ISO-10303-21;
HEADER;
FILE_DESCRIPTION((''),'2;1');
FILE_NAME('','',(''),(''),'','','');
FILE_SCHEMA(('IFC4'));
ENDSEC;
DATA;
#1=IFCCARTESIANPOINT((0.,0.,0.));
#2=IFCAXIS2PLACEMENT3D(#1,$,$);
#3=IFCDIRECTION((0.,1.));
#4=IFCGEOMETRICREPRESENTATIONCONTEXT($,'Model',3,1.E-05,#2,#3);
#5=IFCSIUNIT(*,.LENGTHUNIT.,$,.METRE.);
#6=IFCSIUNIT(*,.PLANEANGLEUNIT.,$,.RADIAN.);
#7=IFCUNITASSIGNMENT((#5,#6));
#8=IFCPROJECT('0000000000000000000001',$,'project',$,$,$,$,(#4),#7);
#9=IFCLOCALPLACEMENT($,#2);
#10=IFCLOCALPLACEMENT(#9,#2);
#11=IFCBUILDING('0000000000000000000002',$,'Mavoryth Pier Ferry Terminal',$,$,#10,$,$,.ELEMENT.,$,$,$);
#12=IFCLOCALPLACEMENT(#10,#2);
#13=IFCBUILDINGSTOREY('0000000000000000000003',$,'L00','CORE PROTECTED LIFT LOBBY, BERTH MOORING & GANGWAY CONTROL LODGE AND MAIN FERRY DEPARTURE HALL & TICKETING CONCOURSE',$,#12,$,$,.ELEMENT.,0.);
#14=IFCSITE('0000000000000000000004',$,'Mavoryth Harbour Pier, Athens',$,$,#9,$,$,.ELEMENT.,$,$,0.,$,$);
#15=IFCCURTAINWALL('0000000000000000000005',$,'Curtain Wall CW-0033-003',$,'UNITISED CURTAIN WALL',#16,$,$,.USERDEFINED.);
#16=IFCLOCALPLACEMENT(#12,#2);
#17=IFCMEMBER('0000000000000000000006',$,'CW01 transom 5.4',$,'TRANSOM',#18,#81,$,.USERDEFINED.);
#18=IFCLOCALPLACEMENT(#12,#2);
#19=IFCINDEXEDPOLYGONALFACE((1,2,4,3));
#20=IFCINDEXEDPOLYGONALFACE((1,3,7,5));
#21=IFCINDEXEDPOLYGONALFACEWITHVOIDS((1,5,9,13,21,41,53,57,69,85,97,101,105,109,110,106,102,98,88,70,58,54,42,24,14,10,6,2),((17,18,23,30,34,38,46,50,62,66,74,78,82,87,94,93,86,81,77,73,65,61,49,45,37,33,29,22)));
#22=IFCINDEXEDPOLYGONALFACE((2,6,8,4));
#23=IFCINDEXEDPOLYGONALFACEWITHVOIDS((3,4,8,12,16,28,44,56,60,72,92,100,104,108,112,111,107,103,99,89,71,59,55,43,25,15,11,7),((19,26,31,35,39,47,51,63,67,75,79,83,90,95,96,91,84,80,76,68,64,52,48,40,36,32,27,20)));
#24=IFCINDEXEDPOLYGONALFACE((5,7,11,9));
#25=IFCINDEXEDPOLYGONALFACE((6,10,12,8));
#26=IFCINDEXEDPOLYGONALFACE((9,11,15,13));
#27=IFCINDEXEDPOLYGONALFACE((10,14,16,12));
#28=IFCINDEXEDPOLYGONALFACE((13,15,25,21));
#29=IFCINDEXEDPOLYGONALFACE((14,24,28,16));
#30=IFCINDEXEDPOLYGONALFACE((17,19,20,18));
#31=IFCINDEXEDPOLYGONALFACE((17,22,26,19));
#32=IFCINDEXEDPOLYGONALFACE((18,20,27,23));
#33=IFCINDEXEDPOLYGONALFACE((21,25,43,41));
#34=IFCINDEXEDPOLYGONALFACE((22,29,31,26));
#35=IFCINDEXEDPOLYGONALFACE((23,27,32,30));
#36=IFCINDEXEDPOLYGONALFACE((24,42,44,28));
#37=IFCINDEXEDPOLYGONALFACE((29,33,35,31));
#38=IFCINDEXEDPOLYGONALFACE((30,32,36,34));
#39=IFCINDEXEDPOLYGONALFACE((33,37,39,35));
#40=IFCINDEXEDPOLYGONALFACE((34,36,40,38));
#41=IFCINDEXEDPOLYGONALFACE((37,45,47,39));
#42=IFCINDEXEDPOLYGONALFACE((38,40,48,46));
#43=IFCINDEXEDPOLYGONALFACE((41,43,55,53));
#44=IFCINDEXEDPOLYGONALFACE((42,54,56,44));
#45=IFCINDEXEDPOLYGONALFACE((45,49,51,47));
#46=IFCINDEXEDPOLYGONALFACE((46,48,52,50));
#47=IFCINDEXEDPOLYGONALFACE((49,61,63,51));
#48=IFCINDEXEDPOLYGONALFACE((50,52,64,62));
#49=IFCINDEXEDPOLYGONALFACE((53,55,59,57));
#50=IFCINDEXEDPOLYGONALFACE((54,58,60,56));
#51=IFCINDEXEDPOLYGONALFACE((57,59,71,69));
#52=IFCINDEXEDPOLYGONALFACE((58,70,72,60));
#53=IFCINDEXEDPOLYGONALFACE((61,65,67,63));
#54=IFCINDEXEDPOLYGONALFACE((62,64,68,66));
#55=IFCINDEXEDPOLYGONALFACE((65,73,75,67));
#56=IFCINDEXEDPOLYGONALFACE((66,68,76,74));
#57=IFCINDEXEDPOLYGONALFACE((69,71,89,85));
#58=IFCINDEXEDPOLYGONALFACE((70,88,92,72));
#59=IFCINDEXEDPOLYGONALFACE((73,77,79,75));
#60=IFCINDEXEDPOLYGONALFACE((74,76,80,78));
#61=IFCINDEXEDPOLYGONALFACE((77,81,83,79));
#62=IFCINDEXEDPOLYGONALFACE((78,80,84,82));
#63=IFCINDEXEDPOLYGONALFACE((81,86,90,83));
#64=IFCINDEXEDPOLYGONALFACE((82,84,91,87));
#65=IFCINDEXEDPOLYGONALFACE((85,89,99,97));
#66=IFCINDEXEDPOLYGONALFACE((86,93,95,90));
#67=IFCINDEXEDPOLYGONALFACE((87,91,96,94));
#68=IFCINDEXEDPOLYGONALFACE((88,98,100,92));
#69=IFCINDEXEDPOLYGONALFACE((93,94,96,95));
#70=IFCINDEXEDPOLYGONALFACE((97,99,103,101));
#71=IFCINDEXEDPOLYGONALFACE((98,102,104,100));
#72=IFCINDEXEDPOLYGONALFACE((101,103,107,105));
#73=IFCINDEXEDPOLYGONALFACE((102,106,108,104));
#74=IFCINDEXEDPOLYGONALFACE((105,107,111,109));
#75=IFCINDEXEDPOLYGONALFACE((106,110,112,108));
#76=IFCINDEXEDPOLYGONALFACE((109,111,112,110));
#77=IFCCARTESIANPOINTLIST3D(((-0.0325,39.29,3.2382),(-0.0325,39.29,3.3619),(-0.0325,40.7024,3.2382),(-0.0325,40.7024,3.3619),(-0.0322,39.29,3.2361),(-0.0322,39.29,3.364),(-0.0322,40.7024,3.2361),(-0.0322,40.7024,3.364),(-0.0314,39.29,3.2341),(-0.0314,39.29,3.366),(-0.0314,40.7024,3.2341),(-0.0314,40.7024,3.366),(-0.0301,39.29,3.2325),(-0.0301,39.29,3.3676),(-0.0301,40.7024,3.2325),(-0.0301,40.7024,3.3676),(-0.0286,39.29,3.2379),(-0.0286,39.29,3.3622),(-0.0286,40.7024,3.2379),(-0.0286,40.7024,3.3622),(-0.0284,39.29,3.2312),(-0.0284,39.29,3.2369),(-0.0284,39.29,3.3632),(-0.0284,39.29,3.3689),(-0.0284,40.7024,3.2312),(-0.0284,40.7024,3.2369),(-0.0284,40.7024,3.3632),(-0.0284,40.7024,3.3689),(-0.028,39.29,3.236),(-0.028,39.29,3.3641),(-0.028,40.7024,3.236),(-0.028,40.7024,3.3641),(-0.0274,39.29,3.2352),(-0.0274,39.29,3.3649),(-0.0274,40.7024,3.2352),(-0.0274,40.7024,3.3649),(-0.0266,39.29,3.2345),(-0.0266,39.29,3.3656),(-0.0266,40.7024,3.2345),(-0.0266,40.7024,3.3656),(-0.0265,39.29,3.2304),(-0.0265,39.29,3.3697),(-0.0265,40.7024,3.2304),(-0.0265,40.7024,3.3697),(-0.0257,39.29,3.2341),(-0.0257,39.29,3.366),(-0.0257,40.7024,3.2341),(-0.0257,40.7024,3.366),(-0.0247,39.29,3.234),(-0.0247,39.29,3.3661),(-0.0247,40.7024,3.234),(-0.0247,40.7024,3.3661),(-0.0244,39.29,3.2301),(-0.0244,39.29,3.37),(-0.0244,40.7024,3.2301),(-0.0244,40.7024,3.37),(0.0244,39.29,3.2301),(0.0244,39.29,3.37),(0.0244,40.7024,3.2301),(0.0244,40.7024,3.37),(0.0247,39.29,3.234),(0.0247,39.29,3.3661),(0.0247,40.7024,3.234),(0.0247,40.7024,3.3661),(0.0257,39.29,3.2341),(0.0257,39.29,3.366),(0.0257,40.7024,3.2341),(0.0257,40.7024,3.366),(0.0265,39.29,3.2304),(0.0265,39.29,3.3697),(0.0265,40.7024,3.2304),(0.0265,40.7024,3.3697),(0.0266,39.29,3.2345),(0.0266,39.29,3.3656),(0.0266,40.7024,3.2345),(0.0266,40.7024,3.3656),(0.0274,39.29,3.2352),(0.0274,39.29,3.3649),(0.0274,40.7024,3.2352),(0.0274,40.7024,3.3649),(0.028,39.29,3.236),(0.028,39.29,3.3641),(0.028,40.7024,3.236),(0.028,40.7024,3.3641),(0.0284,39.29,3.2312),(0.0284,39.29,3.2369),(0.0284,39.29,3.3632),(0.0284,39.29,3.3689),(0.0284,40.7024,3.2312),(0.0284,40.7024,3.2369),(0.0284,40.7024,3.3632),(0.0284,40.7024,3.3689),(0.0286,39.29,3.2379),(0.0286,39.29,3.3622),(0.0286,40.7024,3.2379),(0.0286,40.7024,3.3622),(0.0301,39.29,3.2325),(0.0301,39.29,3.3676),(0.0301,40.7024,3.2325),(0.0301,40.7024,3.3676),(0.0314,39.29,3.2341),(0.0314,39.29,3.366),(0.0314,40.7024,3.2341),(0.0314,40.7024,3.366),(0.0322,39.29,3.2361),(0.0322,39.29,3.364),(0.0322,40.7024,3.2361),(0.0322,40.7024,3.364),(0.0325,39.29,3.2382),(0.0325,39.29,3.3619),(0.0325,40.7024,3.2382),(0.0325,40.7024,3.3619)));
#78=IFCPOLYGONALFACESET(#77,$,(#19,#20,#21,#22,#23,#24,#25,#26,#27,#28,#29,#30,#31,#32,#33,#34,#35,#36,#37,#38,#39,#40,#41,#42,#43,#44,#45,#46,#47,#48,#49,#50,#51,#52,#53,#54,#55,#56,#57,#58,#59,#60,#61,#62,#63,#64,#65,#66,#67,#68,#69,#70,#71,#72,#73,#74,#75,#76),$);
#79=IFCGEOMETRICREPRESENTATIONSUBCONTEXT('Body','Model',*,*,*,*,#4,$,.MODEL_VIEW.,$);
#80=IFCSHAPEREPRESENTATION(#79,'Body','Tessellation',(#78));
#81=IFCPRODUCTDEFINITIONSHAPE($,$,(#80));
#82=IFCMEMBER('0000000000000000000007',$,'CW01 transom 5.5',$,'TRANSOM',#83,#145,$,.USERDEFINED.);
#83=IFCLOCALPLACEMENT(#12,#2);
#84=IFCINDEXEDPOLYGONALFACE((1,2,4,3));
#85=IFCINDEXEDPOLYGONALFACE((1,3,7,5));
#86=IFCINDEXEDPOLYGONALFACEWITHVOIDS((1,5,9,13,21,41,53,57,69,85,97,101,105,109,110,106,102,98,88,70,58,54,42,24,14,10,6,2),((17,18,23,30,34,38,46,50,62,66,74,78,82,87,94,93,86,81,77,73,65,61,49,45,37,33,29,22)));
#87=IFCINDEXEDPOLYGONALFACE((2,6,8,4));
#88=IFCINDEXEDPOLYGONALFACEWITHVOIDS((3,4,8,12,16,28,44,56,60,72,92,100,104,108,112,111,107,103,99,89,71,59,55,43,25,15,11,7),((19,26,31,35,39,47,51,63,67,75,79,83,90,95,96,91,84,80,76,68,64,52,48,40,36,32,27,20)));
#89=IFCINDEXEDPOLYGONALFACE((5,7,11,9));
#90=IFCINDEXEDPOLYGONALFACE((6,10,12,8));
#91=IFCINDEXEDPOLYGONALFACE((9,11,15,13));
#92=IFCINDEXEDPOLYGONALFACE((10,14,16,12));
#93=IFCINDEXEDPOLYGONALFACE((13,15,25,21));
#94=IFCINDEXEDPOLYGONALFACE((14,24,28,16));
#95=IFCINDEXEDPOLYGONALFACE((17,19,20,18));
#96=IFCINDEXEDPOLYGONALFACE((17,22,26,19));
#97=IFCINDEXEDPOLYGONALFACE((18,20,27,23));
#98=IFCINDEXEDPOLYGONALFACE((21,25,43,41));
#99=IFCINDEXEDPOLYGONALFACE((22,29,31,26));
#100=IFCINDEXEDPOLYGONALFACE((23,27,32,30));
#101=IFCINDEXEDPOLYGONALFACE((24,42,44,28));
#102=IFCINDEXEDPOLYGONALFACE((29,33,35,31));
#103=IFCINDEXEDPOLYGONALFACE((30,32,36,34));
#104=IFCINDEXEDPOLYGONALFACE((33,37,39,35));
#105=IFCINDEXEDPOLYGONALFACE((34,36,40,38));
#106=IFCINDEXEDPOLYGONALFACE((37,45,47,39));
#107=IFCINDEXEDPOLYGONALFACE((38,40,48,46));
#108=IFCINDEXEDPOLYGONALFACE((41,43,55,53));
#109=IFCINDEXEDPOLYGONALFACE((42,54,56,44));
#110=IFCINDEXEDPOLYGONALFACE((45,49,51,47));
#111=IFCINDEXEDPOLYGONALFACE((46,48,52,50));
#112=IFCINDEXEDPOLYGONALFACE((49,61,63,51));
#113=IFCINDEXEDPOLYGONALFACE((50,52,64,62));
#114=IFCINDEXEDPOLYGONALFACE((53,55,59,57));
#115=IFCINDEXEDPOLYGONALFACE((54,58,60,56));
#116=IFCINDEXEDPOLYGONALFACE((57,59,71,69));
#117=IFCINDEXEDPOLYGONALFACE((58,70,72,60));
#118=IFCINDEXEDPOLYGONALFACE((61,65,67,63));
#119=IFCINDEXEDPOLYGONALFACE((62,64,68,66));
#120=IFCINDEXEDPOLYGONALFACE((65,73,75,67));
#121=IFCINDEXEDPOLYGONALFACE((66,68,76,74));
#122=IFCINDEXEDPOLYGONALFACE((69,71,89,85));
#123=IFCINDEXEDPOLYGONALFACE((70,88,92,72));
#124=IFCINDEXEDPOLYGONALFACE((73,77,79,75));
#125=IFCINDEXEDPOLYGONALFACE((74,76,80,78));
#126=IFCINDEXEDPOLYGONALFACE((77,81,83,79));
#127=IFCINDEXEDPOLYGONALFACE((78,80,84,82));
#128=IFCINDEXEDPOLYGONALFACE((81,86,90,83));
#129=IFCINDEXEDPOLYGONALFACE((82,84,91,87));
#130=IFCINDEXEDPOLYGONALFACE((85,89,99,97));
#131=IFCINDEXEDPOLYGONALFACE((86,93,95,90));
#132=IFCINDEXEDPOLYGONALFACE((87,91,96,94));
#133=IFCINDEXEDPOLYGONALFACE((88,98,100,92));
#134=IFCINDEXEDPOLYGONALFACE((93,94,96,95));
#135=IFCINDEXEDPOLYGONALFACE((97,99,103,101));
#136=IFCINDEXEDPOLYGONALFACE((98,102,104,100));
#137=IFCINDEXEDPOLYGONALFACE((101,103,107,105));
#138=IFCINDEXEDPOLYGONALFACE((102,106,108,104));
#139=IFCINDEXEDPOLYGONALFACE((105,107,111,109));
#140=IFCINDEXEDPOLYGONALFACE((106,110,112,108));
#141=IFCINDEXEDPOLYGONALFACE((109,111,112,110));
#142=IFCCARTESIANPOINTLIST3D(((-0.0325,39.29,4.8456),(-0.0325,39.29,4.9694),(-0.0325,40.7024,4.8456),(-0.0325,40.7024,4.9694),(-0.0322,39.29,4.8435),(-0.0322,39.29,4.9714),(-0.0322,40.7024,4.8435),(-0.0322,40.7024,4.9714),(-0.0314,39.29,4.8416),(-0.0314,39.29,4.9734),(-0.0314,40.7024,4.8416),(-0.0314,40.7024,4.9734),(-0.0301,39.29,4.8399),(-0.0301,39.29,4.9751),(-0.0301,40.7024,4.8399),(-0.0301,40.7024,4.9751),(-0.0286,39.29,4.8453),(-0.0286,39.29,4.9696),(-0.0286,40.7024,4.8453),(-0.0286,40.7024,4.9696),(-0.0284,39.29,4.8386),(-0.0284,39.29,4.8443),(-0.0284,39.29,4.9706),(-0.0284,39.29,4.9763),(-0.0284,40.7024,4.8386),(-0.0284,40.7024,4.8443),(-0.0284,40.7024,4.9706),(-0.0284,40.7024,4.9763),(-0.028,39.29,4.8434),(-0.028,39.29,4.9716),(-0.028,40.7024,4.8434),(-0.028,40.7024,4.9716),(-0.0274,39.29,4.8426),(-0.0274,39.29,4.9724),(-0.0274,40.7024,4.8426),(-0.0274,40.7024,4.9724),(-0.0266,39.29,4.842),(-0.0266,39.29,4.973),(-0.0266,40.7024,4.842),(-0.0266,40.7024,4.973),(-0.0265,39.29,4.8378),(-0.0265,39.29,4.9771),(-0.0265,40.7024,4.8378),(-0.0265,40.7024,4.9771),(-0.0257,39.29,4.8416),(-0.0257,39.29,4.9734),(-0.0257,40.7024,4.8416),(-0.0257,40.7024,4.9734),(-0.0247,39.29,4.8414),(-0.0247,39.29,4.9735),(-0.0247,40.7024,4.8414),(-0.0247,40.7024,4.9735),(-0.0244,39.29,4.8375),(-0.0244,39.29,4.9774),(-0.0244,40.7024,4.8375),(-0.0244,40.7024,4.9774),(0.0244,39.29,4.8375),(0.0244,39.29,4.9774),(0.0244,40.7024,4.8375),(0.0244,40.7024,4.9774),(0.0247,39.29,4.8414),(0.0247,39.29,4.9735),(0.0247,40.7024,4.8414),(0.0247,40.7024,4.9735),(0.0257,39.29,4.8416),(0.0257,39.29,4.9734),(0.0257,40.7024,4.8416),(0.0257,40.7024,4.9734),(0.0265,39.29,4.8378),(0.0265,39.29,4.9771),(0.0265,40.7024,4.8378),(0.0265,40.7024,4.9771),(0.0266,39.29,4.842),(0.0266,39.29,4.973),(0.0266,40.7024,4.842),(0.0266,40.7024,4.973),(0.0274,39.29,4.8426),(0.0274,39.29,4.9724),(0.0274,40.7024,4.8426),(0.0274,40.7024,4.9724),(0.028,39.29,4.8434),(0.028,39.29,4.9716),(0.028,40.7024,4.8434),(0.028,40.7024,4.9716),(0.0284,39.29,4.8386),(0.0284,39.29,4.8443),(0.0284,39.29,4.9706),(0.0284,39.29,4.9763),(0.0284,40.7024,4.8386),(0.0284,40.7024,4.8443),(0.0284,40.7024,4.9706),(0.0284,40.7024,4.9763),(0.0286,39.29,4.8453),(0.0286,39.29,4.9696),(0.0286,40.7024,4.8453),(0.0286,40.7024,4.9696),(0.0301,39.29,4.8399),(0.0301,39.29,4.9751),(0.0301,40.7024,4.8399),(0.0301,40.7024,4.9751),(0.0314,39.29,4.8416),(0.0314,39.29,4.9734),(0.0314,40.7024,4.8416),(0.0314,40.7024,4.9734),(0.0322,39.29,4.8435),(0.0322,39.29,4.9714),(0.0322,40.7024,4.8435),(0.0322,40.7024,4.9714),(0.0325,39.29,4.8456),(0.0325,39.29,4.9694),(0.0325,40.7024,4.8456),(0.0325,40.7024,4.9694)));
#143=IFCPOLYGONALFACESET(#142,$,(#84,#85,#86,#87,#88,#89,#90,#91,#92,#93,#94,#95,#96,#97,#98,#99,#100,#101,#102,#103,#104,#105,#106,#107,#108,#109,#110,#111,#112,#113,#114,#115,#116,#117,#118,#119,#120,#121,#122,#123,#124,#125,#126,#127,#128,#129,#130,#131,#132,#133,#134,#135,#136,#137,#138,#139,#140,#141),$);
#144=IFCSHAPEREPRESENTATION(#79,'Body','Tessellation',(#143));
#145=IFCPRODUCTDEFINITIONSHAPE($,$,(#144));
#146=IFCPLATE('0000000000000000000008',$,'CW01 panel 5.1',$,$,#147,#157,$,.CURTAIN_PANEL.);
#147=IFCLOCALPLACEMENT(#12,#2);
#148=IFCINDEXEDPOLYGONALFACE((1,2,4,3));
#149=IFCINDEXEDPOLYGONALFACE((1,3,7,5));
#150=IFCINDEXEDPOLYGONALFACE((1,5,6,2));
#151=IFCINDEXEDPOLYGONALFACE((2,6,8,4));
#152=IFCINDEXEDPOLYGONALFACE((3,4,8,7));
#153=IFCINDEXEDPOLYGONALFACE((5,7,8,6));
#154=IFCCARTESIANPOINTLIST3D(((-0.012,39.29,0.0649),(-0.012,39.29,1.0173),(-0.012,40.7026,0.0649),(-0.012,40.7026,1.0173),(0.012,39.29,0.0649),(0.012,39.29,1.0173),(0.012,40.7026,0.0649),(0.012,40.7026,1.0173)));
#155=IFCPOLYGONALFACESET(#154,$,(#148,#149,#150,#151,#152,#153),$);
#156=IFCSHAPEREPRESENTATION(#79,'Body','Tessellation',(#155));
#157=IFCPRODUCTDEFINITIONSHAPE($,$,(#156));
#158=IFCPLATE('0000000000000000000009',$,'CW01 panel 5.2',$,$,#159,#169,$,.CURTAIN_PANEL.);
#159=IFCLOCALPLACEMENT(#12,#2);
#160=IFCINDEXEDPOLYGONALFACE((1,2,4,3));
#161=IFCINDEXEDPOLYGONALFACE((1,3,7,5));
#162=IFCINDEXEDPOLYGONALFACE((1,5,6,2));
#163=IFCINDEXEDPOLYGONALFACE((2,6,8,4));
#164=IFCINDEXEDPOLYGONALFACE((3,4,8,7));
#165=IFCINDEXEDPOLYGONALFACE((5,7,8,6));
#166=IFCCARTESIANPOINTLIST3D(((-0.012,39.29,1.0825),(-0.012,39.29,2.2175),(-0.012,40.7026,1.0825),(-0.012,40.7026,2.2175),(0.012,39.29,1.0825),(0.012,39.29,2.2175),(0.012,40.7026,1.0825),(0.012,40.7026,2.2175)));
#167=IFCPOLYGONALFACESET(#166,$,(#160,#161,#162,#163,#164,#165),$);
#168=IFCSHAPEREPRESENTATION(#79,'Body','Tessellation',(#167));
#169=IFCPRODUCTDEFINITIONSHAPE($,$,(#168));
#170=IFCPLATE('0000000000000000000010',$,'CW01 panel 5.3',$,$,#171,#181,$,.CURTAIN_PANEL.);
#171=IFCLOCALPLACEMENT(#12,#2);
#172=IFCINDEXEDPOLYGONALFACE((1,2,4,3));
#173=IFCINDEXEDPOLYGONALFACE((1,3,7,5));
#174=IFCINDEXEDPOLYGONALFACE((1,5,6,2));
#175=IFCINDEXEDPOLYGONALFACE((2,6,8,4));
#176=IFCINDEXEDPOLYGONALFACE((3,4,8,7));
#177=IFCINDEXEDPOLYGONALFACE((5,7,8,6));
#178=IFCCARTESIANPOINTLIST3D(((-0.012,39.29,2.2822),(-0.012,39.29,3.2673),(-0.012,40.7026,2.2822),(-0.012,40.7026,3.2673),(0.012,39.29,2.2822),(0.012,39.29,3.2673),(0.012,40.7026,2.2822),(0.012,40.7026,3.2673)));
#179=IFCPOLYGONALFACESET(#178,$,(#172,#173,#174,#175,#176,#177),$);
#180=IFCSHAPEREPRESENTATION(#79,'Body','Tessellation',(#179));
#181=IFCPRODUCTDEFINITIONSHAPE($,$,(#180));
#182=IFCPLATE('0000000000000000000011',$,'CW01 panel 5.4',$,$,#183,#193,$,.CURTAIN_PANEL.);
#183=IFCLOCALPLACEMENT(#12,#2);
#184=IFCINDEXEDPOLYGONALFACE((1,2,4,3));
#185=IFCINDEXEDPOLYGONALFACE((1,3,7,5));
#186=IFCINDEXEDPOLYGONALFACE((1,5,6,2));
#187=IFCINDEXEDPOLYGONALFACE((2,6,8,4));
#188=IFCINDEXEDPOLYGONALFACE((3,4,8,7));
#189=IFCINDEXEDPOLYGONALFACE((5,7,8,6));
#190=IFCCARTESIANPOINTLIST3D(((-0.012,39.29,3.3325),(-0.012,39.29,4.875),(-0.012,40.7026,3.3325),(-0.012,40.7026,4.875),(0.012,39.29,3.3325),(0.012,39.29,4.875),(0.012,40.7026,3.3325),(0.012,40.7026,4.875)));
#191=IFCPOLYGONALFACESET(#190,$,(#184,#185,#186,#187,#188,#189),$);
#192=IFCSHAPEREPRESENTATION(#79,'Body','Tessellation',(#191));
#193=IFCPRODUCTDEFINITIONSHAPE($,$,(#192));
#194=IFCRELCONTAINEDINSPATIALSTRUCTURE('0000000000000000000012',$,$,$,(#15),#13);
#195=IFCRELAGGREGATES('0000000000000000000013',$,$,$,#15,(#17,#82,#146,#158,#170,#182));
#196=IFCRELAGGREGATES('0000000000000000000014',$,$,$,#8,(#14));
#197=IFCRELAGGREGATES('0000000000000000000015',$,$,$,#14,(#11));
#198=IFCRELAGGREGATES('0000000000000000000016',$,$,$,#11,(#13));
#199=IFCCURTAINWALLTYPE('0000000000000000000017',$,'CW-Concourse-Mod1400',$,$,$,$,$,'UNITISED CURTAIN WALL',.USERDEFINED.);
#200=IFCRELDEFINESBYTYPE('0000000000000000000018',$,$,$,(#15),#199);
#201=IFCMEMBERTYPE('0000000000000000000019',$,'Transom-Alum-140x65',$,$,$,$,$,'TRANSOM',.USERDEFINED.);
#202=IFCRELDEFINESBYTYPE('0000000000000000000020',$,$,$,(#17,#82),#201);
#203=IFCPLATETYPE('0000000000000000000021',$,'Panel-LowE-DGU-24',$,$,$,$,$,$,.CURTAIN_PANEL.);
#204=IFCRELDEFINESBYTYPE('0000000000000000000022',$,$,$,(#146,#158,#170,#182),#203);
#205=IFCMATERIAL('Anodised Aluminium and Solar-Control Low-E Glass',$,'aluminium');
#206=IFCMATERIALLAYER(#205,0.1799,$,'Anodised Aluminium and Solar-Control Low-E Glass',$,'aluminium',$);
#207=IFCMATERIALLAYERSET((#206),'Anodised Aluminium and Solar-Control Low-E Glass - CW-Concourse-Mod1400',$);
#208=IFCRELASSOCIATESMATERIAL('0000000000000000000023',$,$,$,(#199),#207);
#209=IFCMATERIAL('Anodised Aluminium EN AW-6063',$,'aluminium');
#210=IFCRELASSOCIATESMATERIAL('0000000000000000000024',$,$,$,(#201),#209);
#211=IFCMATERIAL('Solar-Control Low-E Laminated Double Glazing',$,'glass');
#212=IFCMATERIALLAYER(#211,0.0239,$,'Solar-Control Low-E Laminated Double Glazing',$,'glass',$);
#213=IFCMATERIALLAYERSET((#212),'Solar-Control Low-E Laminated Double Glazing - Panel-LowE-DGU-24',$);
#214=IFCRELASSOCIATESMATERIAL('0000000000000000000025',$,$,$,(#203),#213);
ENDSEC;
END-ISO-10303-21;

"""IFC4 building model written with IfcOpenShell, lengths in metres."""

from ifc_helpers import new_model, si_unit, direction, frame, origin, origin_2d, place, context, subcontext, project, spatial, rectangle, hollow_rectangle, extrude, material, layer, layer_set, material_profile, profile_set, type_object, element, aggregate, save


model = new_model("IFC4")

# Units and contexts
model_context = context("Model", 3, precision=1e-05, world=origin(), true_north=direction((0.0, 1.0)))
body_context = subcontext(model_context, "Body", "Model", "MODEL_VIEW")
ifc_project = project(units=[si_unit("LENGTHUNIT", "METRE"), si_unit("PLANEANGLEUNIT", "RADIAN")], contexts=[model_context])

# Site, building, storey
site_placement = place(None, origin())
site = spatial("IfcSite", under=ifc_project, at=site_placement, Name="Mavoryth Harbour Pier, Athens", CompositionType="ELEMENT", RefElevation=0.0)
building_placement = place(site_placement, origin())
building = spatial("IfcBuilding", under=site, at=building_placement, Name="Mavoryth Pier Ferry Terminal", CompositionType="ELEMENT")
storey_placement = place(building_placement, origin())
storey = spatial("IfcBuildingStorey", under=building, at=storey_placement, Name="L00", Description="CORE PROTECTED LIFT LOBBY, BERTH MOORING & GANGWAY CONTROL LODGE AND MAIN FERRY DEPARTURE HALL & TICKETING CONCOURSE", CompositionType="ELEMENT", Elevation=0.0)

# Curtain wall, members, plates
ifc_material_1 = material(Name="Anodised Aluminium and Solar-Control Low-E Glass", Category="aluminium")
ifc_layer_1 = layer(ifc_material_1, 0.1799, Name="Anodised Aluminium and Solar-Control Low-E Glass", Category="aluminium")
ifc_layer_set_1 = layer_set([ifc_layer_1], Name="Anodised Aluminium and Solar-Control Low-E Glass - CW-Concourse-Mod1400")
curtain_wall_type = type_object("IfcCurtainWallType", Name="CW-Concourse-Mod1400", ElementType="UNITISED CURTAIN WALL", PredefinedType="USERDEFINED", material=ifc_layer_set_1)
curtain_wall_placement = place(storey_placement, origin())
curtain_wall = element("IfcCurtainWall", 1, at=curtain_wall_placement, inside=storey, type_object=curtain_wall_type, Name="Curtain Wall CW-0033-003", ObjectType="UNITISED CURTAIN WALL", PredefinedType="USERDEFINED")
ifc_material_2 = material(Name="Anodised Aluminium EN AW-6063", Category="aluminium")
ifc_material_profile_1 = material_profile(ifc_material_2, hollow_rectangle(XDim=0.0649, YDim=0.1399, WallThickness=0.0039, InnerFilletRadius=0.0039, OuterFilletRadius=0.0081, at=origin_2d()), Name="AL-TRAN 140x65x4", Category="aluminium")
ifc_profile_set_1 = profile_set([ifc_material_profile_1], Name="Anodised Aluminium EN AW-6063 - AL-TRAN 140x65x4")
member_type_1 = type_object("IfcMemberType", Name="Transom-Alum-140x65", ElementType="TRANSOM", PredefinedType="USERDEFINED", material=ifc_profile_set_1)
member_1_placement = place(storey_placement, frame((0.0, 40.7024, 3.3), z_axis=(0.0, -1.0, 0.0), x_axis=(1.0, 0.0, 0.0)))
member_1 = element("IfcMember", 2, at=member_1_placement, type_object=member_type_1, Name="CW01 transom 5.4", ObjectType="TRANSOM", PredefinedType="USERDEFINED", context=body_context, shape_type="SweptSolid", body=[
    extrude(hollow_rectangle(XDim=0.0649, YDim=0.1399, WallThickness=0.0039, InnerFilletRadius=0.0039, OuterFilletRadius=0.0081, at=origin_2d()), origin(), (0.0, 0.0, 1.0), 1.4124),
])
member_2_placement = place(storey_placement, frame((0.0, 40.7024, 4.9075), z_axis=(0.0, -1.0, 0.0), x_axis=(1.0, 0.0, 0.0)))
member_2 = element("IfcMember", 3, at=member_2_placement, type_object=member_type_1, Name="CW01 transom 5.5", ObjectType="TRANSOM", PredefinedType="USERDEFINED", context=body_context, shape_type="SweptSolid", body=[
    extrude(hollow_rectangle(XDim=0.0649, YDim=0.1399, WallThickness=0.0039, InnerFilletRadius=0.0039, OuterFilletRadius=0.0081, at=origin_2d()), origin(), (0.0, 0.0, 1.0), 1.4124),
])
ifc_material_3 = material(Name="Solar-Control Low-E Laminated Double Glazing", Category="glass")
ifc_layer_2 = layer(ifc_material_3, 0.0239, Name="Solar-Control Low-E Laminated Double Glazing", Category="glass")
ifc_layer_set_2 = layer_set([ifc_layer_2], Name="Solar-Control Low-E Laminated Double Glazing - Panel-LowE-DGU-24")
plate_type_1 = type_object("IfcPlateType", Name="Panel-LowE-DGU-24", PredefinedType="CURTAIN_PANEL", material=ifc_layer_set_2)
plate_1_placement = place(storey_placement, frame((0.0, 39.9963, 0.0649), z_axis=(0.0, 0.0, 1.0), x_axis=(0.0, -1.0, 0.0)))
plate_1 = element("IfcPlate", 4, at=plate_1_placement, type_object=plate_type_1, Name="CW01 panel 5.1", PredefinedType="CURTAIN_PANEL", context=body_context, shape_type="SweptSolid", body=[
    extrude(rectangle(XDim=1.4126, YDim=0.0239, at=origin_2d()), origin(), (0.0, 0.0, 1.0), 0.9524),
])
plate_2_placement = place(storey_placement, frame((0.0, 39.9963, 1.0825), z_axis=(0.0, 0.0, 1.0), x_axis=(0.0, -1.0, 0.0)))
plate_2 = element("IfcPlate", 5, at=plate_2_placement, type_object=plate_type_1, Name="CW01 panel 5.2", PredefinedType="CURTAIN_PANEL", context=body_context, shape_type="SweptSolid", body=[
    extrude(rectangle(XDim=1.4126, YDim=0.0239, at=origin_2d()), origin(), (0.0, 0.0, 1.0), 1.135),
])
plate_3_placement = place(storey_placement, frame((0.0, 39.9963, 2.2822), z_axis=(0.0, 0.0, 1.0), x_axis=(0.0, -1.0, 0.0)))
plate_3 = element("IfcPlate", 6, at=plate_3_placement, type_object=plate_type_1, Name="CW01 panel 5.3", PredefinedType="CURTAIN_PANEL", context=body_context, shape_type="SweptSolid", body=[
    extrude(rectangle(XDim=1.4126, YDim=0.0239, at=origin_2d()), origin(), (0.0, 0.0, 1.0), 0.9851),
])
plate_4_placement = place(storey_placement, frame((0.0, 39.9963, 3.3325), z_axis=(0.0, 0.0, 1.0), x_axis=(0.0, -1.0, 0.0)))
plate_4 = element("IfcPlate", 7, at=plate_4_placement, type_object=plate_type_1, Name="CW01 panel 5.4", PredefinedType="CURTAIN_PANEL", context=body_context, shape_type="SweptSolid", body=[
    extrude(rectangle(XDim=1.4126, YDim=0.0239, at=origin_2d()), origin(), (0.0, 0.0, 1.0), 1.5425),
])
aggregate(curtain_wall, [member_1, member_2, plate_1, plate_2, plate_3, plate_4])

save(model, "model.ifc")
